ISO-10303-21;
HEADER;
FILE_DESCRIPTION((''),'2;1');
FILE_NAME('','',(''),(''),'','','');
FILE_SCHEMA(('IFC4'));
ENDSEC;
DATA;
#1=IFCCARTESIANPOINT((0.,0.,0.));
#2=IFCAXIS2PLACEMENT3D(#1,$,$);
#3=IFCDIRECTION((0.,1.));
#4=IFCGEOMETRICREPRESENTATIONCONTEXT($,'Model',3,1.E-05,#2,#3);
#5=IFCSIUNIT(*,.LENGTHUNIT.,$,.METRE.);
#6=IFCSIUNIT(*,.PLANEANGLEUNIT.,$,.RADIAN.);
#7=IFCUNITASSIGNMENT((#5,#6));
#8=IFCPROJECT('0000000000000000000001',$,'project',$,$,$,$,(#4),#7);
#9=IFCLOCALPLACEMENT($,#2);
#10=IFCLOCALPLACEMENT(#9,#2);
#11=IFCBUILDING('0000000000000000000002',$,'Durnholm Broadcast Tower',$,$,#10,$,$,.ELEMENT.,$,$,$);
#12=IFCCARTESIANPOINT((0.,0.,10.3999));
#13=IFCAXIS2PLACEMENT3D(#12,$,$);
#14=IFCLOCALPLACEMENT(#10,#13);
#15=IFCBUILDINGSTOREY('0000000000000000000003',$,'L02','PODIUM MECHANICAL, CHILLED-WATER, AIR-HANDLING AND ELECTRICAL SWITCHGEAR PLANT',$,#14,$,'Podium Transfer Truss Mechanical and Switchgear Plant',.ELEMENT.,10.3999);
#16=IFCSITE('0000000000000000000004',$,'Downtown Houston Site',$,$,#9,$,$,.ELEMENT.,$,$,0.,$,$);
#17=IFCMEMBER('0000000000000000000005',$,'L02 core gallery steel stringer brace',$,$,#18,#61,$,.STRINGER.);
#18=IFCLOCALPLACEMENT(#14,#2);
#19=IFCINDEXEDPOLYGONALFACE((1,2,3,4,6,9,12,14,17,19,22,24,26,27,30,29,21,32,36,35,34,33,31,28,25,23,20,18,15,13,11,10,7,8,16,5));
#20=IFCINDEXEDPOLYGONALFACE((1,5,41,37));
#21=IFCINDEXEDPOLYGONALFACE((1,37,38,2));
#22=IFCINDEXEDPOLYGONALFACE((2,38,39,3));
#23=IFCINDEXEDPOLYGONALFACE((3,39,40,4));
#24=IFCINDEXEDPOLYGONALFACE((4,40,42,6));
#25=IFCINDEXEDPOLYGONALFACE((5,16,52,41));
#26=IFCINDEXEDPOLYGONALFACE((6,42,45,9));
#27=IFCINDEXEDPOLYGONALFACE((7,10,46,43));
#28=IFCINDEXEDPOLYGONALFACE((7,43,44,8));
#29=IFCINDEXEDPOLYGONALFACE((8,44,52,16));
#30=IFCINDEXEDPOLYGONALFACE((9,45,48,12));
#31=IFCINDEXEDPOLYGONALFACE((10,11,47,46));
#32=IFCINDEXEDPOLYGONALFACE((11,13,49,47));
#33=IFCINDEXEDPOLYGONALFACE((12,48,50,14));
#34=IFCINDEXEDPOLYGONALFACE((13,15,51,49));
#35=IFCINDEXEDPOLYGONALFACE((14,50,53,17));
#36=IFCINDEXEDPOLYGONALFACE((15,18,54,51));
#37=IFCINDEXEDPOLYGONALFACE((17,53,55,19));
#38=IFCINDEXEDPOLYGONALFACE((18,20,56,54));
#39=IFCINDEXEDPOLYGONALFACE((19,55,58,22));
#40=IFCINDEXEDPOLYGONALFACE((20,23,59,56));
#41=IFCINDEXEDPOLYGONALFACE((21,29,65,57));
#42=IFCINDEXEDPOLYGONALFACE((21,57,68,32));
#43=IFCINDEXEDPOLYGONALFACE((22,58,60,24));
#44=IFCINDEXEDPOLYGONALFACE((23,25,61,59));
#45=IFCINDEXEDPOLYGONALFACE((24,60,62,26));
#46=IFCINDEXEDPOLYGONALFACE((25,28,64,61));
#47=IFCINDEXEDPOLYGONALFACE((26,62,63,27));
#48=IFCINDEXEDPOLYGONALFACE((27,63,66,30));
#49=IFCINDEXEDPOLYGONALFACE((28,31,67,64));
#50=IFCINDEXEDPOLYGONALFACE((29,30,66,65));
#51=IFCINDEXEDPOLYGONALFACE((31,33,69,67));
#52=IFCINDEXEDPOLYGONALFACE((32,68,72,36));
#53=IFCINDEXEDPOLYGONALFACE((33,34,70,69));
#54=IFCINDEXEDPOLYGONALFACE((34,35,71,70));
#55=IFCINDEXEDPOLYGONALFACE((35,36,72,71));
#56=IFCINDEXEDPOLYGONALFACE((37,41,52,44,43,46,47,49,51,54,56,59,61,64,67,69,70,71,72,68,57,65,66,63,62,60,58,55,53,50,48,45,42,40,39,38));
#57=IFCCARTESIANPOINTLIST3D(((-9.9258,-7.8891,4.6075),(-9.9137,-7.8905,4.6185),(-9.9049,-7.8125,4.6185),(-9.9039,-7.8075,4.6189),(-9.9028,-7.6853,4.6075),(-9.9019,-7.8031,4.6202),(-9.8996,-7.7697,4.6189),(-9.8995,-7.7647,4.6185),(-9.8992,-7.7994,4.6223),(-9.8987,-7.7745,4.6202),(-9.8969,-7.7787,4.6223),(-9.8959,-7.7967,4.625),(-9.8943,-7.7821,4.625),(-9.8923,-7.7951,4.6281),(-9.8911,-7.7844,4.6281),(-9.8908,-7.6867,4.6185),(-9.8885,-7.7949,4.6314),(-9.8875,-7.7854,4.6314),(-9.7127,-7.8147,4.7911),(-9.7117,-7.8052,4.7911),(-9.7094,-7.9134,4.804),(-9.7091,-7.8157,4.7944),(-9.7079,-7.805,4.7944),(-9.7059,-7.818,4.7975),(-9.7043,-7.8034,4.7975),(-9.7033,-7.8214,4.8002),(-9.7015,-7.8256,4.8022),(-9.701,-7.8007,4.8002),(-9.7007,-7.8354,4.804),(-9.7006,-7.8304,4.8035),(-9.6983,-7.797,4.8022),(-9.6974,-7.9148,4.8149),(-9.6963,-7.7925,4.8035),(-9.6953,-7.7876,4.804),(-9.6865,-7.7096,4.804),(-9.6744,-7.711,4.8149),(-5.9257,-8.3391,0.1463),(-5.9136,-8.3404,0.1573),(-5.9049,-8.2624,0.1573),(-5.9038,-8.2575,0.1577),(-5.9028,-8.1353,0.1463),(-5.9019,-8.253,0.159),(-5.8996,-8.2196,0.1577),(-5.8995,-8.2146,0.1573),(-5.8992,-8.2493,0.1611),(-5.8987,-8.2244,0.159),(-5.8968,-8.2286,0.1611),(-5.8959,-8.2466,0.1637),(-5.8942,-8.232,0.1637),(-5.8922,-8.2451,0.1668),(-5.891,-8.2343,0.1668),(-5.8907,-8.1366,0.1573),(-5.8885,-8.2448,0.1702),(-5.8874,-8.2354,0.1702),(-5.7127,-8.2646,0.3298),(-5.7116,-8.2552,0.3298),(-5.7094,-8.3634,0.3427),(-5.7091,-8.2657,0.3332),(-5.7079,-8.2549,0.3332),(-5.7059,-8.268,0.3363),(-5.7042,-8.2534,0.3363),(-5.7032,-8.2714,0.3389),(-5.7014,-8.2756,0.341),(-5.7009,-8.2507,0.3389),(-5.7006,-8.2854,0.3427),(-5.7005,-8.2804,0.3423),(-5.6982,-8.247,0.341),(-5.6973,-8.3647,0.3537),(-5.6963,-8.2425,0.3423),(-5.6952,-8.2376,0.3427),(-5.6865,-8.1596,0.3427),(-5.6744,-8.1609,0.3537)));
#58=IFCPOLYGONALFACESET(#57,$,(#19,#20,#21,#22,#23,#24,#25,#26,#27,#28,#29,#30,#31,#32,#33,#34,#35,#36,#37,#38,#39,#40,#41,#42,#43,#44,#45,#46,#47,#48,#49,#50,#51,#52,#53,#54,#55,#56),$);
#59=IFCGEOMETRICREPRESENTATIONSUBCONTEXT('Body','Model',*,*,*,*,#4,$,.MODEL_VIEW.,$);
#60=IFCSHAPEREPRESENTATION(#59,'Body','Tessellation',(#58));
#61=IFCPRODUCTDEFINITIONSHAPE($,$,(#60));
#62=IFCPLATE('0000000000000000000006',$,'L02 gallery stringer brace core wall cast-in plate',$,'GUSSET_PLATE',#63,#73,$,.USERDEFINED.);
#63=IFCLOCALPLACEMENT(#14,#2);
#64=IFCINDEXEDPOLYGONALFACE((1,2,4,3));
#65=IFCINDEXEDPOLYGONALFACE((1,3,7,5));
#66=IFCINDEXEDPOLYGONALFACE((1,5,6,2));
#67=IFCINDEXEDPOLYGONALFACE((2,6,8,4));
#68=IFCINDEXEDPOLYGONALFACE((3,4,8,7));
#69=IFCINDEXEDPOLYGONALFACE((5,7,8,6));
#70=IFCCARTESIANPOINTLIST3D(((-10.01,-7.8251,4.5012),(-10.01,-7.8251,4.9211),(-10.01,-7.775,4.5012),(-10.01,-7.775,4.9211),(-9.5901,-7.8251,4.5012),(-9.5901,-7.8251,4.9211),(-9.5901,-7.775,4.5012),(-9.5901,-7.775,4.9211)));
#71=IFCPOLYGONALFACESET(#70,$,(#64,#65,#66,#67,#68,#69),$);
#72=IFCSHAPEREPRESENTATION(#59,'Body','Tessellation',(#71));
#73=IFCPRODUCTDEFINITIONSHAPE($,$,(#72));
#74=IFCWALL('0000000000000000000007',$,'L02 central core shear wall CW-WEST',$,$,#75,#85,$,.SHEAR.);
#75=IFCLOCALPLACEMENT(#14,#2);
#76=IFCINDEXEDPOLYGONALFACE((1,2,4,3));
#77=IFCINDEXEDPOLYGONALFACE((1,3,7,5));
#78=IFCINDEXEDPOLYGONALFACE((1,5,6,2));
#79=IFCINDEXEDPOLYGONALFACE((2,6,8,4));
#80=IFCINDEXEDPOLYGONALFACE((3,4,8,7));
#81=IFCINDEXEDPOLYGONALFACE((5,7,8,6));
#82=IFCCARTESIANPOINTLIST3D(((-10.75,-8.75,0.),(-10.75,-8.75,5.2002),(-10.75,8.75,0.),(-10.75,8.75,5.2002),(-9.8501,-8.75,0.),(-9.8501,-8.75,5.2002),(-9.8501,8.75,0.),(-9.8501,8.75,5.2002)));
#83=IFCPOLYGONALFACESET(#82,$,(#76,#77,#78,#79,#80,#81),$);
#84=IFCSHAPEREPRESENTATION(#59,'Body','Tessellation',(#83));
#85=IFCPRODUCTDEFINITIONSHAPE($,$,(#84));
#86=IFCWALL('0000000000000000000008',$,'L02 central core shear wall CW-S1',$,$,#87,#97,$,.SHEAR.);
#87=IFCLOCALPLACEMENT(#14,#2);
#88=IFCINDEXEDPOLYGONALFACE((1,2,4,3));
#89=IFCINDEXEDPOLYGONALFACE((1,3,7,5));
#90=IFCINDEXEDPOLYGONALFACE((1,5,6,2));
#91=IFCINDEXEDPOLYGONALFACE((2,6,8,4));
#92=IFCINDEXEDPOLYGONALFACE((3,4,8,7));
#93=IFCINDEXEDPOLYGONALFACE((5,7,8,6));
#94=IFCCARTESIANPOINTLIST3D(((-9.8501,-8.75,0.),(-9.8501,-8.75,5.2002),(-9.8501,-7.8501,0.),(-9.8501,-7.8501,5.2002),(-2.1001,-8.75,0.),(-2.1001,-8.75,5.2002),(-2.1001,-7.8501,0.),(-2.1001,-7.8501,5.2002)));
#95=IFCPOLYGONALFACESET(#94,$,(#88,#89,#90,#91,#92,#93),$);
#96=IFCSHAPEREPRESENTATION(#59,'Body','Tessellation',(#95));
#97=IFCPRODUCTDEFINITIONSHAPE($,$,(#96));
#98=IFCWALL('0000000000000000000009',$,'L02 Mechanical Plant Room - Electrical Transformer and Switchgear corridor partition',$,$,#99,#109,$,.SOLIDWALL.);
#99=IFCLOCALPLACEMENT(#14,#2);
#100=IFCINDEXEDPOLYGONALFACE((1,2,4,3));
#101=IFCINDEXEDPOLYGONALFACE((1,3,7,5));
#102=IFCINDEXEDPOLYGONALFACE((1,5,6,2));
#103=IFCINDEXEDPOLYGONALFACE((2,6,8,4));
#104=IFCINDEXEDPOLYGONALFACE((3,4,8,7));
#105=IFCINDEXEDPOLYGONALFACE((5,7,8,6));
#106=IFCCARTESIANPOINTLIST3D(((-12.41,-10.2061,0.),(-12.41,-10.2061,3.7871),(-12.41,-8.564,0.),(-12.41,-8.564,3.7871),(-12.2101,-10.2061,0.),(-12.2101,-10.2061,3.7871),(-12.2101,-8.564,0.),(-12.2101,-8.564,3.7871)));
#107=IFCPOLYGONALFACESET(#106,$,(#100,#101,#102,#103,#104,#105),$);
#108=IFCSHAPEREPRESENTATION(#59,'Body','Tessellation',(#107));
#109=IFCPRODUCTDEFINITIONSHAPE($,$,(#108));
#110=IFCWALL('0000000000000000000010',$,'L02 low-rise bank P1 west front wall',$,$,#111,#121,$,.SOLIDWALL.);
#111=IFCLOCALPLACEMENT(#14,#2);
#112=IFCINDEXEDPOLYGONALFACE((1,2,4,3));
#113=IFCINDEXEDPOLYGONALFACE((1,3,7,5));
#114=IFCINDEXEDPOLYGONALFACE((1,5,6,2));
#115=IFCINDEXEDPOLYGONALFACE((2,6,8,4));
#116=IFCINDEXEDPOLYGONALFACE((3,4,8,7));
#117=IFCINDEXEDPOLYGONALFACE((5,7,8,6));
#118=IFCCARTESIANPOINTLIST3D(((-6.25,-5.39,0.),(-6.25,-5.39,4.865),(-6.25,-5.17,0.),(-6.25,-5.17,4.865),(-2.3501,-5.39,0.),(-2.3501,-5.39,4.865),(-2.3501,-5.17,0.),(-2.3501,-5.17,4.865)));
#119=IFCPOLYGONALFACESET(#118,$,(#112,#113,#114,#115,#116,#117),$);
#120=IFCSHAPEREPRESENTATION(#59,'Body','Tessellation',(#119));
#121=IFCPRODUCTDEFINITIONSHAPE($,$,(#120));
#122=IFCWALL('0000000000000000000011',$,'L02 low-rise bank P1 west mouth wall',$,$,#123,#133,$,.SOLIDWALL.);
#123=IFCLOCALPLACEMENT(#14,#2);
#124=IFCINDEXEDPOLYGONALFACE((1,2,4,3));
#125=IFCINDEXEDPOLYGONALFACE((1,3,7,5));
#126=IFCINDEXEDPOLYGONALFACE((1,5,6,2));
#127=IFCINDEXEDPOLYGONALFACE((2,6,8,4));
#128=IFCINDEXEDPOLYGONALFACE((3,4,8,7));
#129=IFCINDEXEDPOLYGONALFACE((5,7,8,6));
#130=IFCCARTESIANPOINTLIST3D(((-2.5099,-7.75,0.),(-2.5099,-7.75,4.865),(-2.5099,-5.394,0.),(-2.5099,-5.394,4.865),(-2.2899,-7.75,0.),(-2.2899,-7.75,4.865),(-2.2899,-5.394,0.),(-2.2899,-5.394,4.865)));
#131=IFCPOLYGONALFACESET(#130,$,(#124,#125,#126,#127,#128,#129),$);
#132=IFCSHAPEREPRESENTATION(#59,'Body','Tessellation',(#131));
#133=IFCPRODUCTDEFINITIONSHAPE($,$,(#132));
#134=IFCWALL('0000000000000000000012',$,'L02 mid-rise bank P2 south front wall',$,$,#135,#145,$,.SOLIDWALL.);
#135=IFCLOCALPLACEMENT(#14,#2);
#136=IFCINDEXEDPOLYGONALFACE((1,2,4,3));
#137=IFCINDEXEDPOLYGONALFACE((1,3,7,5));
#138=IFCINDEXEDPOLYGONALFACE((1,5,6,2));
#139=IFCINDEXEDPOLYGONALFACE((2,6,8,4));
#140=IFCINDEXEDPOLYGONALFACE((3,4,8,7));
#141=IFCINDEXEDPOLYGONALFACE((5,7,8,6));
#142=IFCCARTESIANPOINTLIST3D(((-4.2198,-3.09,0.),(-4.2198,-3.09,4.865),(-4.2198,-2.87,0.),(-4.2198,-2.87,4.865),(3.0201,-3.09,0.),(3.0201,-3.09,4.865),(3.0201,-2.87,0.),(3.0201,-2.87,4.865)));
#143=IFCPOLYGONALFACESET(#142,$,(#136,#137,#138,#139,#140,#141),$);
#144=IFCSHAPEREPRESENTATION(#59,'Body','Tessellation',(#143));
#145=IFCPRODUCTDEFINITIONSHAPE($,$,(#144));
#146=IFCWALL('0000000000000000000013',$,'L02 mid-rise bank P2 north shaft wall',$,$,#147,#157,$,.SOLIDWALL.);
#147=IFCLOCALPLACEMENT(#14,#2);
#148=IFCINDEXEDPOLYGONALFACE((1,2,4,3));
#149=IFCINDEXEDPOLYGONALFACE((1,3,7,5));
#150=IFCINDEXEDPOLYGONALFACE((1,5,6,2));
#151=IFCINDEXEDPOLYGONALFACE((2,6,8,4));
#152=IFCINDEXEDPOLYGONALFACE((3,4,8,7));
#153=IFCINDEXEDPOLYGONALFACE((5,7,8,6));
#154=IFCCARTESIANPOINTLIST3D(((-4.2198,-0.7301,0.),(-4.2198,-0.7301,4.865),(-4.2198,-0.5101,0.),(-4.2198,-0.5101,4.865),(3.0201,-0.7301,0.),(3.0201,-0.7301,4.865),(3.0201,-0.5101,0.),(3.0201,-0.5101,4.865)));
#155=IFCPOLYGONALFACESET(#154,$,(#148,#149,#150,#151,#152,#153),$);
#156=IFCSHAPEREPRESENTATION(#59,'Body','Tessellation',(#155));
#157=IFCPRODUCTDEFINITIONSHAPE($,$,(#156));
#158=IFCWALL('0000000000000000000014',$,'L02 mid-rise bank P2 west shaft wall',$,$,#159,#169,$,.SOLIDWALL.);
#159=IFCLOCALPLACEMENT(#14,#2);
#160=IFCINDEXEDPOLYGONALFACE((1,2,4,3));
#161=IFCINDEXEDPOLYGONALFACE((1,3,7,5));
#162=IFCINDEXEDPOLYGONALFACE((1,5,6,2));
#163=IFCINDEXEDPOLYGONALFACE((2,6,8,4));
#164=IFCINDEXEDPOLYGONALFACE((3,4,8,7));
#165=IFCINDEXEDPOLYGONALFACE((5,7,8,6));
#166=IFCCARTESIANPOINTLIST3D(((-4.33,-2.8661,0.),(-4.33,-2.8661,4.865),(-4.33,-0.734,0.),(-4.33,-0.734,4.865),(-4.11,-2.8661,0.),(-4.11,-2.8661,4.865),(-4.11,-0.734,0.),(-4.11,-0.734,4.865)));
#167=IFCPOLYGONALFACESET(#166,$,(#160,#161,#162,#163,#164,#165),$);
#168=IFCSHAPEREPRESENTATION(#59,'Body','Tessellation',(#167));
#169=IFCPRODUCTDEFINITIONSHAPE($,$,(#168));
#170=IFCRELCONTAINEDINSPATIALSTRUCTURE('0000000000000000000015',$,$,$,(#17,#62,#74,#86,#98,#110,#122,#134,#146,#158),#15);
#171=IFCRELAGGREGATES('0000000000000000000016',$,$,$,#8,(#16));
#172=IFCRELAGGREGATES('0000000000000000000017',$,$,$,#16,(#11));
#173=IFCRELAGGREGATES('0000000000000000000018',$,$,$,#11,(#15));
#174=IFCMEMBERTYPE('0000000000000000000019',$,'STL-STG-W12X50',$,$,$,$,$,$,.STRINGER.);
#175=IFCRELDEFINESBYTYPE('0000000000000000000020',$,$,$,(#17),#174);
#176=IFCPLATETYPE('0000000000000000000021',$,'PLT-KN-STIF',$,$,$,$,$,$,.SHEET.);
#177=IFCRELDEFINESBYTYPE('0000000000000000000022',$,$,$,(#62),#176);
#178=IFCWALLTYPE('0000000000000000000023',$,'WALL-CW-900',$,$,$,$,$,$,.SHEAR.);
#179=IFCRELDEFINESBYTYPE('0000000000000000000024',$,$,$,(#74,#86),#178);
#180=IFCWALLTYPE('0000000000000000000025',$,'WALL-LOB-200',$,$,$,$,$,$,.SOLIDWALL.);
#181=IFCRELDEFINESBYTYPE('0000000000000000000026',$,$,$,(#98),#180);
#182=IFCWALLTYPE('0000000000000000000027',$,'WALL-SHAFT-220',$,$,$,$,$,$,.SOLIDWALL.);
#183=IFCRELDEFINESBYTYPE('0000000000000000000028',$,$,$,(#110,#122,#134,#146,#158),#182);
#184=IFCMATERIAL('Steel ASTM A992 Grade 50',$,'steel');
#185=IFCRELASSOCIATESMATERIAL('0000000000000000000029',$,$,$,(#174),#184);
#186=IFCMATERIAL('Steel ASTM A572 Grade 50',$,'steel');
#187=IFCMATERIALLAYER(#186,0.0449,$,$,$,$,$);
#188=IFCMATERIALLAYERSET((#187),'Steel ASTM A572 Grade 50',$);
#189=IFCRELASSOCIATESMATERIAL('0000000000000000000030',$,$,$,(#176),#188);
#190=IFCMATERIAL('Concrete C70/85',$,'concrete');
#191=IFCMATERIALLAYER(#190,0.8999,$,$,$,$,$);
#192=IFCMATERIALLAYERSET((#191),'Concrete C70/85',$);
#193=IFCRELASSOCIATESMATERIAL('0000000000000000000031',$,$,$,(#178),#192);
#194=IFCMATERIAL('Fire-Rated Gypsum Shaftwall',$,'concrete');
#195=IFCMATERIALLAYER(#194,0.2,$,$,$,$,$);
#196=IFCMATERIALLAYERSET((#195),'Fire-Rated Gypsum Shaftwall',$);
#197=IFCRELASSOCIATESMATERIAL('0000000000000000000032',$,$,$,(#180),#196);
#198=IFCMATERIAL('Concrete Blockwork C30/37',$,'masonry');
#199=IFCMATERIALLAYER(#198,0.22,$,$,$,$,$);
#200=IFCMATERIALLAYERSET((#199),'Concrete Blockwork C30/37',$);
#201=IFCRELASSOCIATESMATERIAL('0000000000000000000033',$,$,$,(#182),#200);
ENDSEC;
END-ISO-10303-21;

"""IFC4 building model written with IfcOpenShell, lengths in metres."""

from ifc_helpers import new_model, si_unit, direction, frame, frame_2d, origin, origin_2d, place, context, subcontext, project, spatial, rectangle, i_section, extrude, source, transform, mapped, material, layer, layer_set, material_profile, profile_set, type_object, type_shapes, element, save


model = new_model("IFC4")

# Units and contexts
model_context = context("Model", 3, precision=1e-05, world=origin(), true_north=direction((0.0, 1.0)))
body_context = subcontext(model_context, "Body", "Model", "MODEL_VIEW")
ifc_project = project(units=[si_unit("LENGTHUNIT", "METRE"), si_unit("PLANEANGLEUNIT", "RADIAN")], contexts=[model_context])

# Site, building, storey
site_placement = place(None, origin())
site = spatial("IfcSite", under=ifc_project, at=site_placement, Name="Downtown Houston Site", CompositionType="ELEMENT", RefElevation=0.0)
building_placement = place(site_placement, origin())
building = spatial("IfcBuilding", under=site, at=building_placement, Name="Durnholm Broadcast Tower", CompositionType="ELEMENT")
storey_placement = place(building_placement, frame((0.0, 0.0, 10.3999)))
storey = spatial("IfcBuildingStorey", under=building, at=storey_placement, Name="L02", Description="PODIUM MECHANICAL, CHILLED-WATER, AIR-HANDLING AND ELECTRICAL SWITCHGEAR PLANT", LongName="Podium Transfer Truss Mechanical and Switchgear Plant", CompositionType="ELEMENT", Elevation=10.3999)

# Shared definitions
ifc_material_1 = material(Name="Concrete C70/85", Category="concrete")

# Shared definitions
ifc_material_2 = material(Name="Steel ASTM A992 Grade 50", Category="steel")

# Member
ifc_material_profile_1 = material_profile(ifc_material_2, i_section(OverallWidth=0.2051, OverallDepth=0.3096, WebThickness=0.0095, FlangeThickness=0.0164, FilletRadius=0.0193, at=origin_2d()), Name="W12X50")
ifc_profile_set_1 = profile_set([ifc_material_profile_1], Name="Steel ASTM A992 Grade 50")
member_type = type_object("IfcMemberType", Name="STL-STG-W12X50", PredefinedType="STRINGER", material=ifc_profile_set_1)
shared_shape_1 = source(origin(), body_context, "Body", "SweptSolid", [
    extrude(i_section(OverallWidth=0.2051, OverallDepth=0.3096, WebThickness=0.0095, FlangeThickness=0.0164, FilletRadius=0.0193, at=origin_2d()), origin(), (0.0, 0.0, 1.0), 6.0088),
])
type_shapes(member_type, [shared_shape_1])
member_placement = place(storey_placement, frame((-5.8, -8.25, 0.25), z_axis=(-0.6657, 0.074883, 0.742452), x_axis=(-0.111783, -0.993733, 0.0)))
element("IfcMember", 1, at=member_placement, inside=storey, type_object=member_type, Name="L02 core gallery steel stringer brace", PredefinedType="STRINGER", context=body_context, shape_type="MappedRepresentation", body=[
    mapped(shared_shape_1, transform((0.0, 0.0, 0.0), x_axis=(1.0, 0.0, 0.0), y_axis=(0.0, 1.0, 0.0), z_axis=(0.0, 0.0, 1.0), scale=1.0)),
])

# Plate
ifc_material_3 = material(Name="Steel ASTM A572 Grade 50", Category="steel")
ifc_layer_1 = layer(ifc_material_3, 0.0449)
ifc_layer_set_1 = layer_set([ifc_layer_1], Name="Steel ASTM A572 Grade 50")
plate_type = type_object("IfcPlateType", Name="PLT-KN-STIF", PredefinedType="SHEET", material=ifc_layer_set_1)
shared_shape_2 = source(origin(), body_context, "Body", "SweptSolid", [
    extrude(rectangle(XDim=0.4199, YDim=0.05, at=origin_2d()), origin(), (0.0, 0.0, 1.0), 0.4199),
])
type_shapes(plate_type, [shared_shape_2])
plate_placement = place(storey_placement, frame((-9.8, -7.8, 4.5012), z_axis=(0.0, 0.0, 1.0), x_axis=(1.0, 0.0, 0.0)))
element("IfcPlate", 2, at=plate_placement, inside=storey, type_object=plate_type, Name="L02 gallery stringer brace core wall cast-in plate", ObjectType="GUSSET_PLATE", PredefinedType="USERDEFINED", context=body_context, shape_type="MappedRepresentation", body=[
    mapped(shared_shape_2, transform((0.0, 0.0, 0.0), x_axis=(1.0, 0.0, 0.0), y_axis=(0.0, 1.0, 0.0), z_axis=(0.0, 0.0, 1.0), scale=1.0)),
])

# Walls
ifc_layer_2 = layer(ifc_material_1, 0.8999)
ifc_layer_set_2 = layer_set([ifc_layer_2], Name="Concrete C70/85")
wall_type_1 = type_object("IfcWallType", Name="WALL-CW-900", PredefinedType="SHEAR", material=ifc_layer_set_2)
wall_1_placement = place(storey_placement, frame((-10.3, -8.75, 0.0), z_axis=(0.0, 0.0, 1.0), x_axis=(0.0, 1.0, 0.0)))
element("IfcWall", 3, at=wall_1_placement, inside=storey, type_object=wall_type_1, Name="L02 central core shear wall CW-WEST", PredefinedType="SHEAR", context=body_context, shape_type="SweptSolid", body=[
    extrude(rectangle(XDim=17.5, YDim=0.8999, at=frame_2d((8.75, 0.0))), origin(), (0.0, 0.0, 1.0), 5.2002),
])
wall_2_placement = place(storey_placement, frame((-9.8501, -8.3, 0.0), z_axis=(0.0, 0.0, 1.0), x_axis=(1.0, 0.0, 0.0)))
element("IfcWall", 4, at=wall_2_placement, inside=storey, type_object=wall_type_1, Name="L02 central core shear wall CW-S1", PredefinedType="SHEAR", context=body_context, shape_type="SweptSolid", body=[
    extrude(rectangle(XDim=7.75, YDim=0.8999, at=frame_2d((3.875, 0.0))), origin(), (0.0, 0.0, 1.0), 5.2002),
])
ifc_material_4 = material(Name="Fire-Rated Gypsum Shaftwall", Category="concrete")
ifc_layer_3 = layer(ifc_material_4, 0.2)
ifc_layer_set_3 = layer_set([ifc_layer_3], Name="Fire-Rated Gypsum Shaftwall")
wall_type_2 = type_object("IfcWallType", Name="WALL-LOB-200", PredefinedType="SOLIDWALL", material=ifc_layer_set_3)
wall_3_placement = place(storey_placement, frame((-12.3101, -8.564, 0.0), z_axis=(0.0, 0.0, 1.0), x_axis=(0.0, -1.0, 0.0)))
element("IfcWall", 5, at=wall_3_placement, inside=storey, type_object=wall_type_2, Name="L02 Mechanical Plant Room - Electrical Transformer and Switchgear corridor partition", PredefinedType="SOLIDWALL", context=body_context, shape_type="SweptSolid", body=[
    extrude(rectangle(XDim=1.6421, YDim=0.2, at=frame_2d((0.821, 0.0))), origin(), (0.0, 0.0, 1.0), 3.7871),
])
ifc_material_5 = material(Name="Concrete Blockwork C30/37", Category="masonry")
ifc_layer_4 = layer(ifc_material_5, 0.22)
ifc_layer_set_4 = layer_set([ifc_layer_4], Name="Concrete Blockwork C30/37")
wall_type_3 = type_object("IfcWallType", Name="WALL-SHAFT-220", PredefinedType="SOLIDWALL", material=ifc_layer_set_4)
wall_4_placement = place(storey_placement, frame((-6.25, -5.28, 0.0), z_axis=(0.0, 0.0, 1.0), x_axis=(1.0, 0.0, 0.0)))
element("IfcWall", 6, at=wall_4_placement, inside=storey, type_object=wall_type_3, Name="L02 low-rise bank P1 west front wall", PredefinedType="SOLIDWALL", context=body_context, shape_type="SweptSolid", body=[
    extrude(rectangle(XDim=3.8999, YDim=0.22, at=frame_2d((1.95, 0.0))), origin(), (0.0, 0.0, 1.0), 4.865),
])
wall_5_placement = place(storey_placement, frame((-2.3999, -7.75, 0.0), z_axis=(0.0, 0.0, 1.0), x_axis=(0.0, 1.0, 0.0)))
element("IfcWall", 7, at=wall_5_placement, inside=storey, type_object=wall_type_3, Name="L02 low-rise bank P1 west mouth wall", PredefinedType="SOLIDWALL", context=body_context, shape_type="SweptSolid", body=[
    extrude(rectangle(XDim=2.356, YDim=0.22, at=frame_2d((1.178, 0.0))), origin(), (0.0, 0.0, 1.0), 4.865),
])
for number, where, z_axis, x_axis, name in (
    (8, (-4.22, -2.98, 0.0), (0.0, 0.0, 1.0), (1.0, 0.0, 0.0), "L02 mid-rise bank P2 south front wall"),
    (9, (-4.22, -0.6201, 0.0), (0.0, 0.0, 1.0), (1.0, 0.0, 0.0), "L02 mid-rise bank P2 north shaft wall"),
):
    element("IfcWall", number, at=place(storey_placement, frame(where, z_axis=z_axis, x_axis=x_axis)), inside=storey, type_object=wall_type_3, Name=name, PredefinedType="SOLIDWALL", context=body_context, shape_type="SweptSolid", body=[
        extrude(rectangle(XDim=7.24, YDim=0.22, at=frame_2d((3.6201, 0.0))), origin(), (0.0, 0.0, 1.0), 4.865),
    ])
wall_6_placement = place(storey_placement, frame((-4.22, -2.866, 0.0), z_axis=(0.0, 0.0, 1.0), x_axis=(0.0, 1.0, 0.0)))
element("IfcWall", 10, at=wall_6_placement, inside=storey, type_object=wall_type_3, Name="L02 mid-rise bank P2 west shaft wall", PredefinedType="SOLIDWALL", context=body_context, shape_type="SweptSolid", body=[
    extrude(rectangle(XDim=2.1321, YDim=0.22, at=frame_2d((1.0659, 0.0))), origin(), (0.0, 0.0, 1.0), 4.865),
])

save(model, "model.ifc")
